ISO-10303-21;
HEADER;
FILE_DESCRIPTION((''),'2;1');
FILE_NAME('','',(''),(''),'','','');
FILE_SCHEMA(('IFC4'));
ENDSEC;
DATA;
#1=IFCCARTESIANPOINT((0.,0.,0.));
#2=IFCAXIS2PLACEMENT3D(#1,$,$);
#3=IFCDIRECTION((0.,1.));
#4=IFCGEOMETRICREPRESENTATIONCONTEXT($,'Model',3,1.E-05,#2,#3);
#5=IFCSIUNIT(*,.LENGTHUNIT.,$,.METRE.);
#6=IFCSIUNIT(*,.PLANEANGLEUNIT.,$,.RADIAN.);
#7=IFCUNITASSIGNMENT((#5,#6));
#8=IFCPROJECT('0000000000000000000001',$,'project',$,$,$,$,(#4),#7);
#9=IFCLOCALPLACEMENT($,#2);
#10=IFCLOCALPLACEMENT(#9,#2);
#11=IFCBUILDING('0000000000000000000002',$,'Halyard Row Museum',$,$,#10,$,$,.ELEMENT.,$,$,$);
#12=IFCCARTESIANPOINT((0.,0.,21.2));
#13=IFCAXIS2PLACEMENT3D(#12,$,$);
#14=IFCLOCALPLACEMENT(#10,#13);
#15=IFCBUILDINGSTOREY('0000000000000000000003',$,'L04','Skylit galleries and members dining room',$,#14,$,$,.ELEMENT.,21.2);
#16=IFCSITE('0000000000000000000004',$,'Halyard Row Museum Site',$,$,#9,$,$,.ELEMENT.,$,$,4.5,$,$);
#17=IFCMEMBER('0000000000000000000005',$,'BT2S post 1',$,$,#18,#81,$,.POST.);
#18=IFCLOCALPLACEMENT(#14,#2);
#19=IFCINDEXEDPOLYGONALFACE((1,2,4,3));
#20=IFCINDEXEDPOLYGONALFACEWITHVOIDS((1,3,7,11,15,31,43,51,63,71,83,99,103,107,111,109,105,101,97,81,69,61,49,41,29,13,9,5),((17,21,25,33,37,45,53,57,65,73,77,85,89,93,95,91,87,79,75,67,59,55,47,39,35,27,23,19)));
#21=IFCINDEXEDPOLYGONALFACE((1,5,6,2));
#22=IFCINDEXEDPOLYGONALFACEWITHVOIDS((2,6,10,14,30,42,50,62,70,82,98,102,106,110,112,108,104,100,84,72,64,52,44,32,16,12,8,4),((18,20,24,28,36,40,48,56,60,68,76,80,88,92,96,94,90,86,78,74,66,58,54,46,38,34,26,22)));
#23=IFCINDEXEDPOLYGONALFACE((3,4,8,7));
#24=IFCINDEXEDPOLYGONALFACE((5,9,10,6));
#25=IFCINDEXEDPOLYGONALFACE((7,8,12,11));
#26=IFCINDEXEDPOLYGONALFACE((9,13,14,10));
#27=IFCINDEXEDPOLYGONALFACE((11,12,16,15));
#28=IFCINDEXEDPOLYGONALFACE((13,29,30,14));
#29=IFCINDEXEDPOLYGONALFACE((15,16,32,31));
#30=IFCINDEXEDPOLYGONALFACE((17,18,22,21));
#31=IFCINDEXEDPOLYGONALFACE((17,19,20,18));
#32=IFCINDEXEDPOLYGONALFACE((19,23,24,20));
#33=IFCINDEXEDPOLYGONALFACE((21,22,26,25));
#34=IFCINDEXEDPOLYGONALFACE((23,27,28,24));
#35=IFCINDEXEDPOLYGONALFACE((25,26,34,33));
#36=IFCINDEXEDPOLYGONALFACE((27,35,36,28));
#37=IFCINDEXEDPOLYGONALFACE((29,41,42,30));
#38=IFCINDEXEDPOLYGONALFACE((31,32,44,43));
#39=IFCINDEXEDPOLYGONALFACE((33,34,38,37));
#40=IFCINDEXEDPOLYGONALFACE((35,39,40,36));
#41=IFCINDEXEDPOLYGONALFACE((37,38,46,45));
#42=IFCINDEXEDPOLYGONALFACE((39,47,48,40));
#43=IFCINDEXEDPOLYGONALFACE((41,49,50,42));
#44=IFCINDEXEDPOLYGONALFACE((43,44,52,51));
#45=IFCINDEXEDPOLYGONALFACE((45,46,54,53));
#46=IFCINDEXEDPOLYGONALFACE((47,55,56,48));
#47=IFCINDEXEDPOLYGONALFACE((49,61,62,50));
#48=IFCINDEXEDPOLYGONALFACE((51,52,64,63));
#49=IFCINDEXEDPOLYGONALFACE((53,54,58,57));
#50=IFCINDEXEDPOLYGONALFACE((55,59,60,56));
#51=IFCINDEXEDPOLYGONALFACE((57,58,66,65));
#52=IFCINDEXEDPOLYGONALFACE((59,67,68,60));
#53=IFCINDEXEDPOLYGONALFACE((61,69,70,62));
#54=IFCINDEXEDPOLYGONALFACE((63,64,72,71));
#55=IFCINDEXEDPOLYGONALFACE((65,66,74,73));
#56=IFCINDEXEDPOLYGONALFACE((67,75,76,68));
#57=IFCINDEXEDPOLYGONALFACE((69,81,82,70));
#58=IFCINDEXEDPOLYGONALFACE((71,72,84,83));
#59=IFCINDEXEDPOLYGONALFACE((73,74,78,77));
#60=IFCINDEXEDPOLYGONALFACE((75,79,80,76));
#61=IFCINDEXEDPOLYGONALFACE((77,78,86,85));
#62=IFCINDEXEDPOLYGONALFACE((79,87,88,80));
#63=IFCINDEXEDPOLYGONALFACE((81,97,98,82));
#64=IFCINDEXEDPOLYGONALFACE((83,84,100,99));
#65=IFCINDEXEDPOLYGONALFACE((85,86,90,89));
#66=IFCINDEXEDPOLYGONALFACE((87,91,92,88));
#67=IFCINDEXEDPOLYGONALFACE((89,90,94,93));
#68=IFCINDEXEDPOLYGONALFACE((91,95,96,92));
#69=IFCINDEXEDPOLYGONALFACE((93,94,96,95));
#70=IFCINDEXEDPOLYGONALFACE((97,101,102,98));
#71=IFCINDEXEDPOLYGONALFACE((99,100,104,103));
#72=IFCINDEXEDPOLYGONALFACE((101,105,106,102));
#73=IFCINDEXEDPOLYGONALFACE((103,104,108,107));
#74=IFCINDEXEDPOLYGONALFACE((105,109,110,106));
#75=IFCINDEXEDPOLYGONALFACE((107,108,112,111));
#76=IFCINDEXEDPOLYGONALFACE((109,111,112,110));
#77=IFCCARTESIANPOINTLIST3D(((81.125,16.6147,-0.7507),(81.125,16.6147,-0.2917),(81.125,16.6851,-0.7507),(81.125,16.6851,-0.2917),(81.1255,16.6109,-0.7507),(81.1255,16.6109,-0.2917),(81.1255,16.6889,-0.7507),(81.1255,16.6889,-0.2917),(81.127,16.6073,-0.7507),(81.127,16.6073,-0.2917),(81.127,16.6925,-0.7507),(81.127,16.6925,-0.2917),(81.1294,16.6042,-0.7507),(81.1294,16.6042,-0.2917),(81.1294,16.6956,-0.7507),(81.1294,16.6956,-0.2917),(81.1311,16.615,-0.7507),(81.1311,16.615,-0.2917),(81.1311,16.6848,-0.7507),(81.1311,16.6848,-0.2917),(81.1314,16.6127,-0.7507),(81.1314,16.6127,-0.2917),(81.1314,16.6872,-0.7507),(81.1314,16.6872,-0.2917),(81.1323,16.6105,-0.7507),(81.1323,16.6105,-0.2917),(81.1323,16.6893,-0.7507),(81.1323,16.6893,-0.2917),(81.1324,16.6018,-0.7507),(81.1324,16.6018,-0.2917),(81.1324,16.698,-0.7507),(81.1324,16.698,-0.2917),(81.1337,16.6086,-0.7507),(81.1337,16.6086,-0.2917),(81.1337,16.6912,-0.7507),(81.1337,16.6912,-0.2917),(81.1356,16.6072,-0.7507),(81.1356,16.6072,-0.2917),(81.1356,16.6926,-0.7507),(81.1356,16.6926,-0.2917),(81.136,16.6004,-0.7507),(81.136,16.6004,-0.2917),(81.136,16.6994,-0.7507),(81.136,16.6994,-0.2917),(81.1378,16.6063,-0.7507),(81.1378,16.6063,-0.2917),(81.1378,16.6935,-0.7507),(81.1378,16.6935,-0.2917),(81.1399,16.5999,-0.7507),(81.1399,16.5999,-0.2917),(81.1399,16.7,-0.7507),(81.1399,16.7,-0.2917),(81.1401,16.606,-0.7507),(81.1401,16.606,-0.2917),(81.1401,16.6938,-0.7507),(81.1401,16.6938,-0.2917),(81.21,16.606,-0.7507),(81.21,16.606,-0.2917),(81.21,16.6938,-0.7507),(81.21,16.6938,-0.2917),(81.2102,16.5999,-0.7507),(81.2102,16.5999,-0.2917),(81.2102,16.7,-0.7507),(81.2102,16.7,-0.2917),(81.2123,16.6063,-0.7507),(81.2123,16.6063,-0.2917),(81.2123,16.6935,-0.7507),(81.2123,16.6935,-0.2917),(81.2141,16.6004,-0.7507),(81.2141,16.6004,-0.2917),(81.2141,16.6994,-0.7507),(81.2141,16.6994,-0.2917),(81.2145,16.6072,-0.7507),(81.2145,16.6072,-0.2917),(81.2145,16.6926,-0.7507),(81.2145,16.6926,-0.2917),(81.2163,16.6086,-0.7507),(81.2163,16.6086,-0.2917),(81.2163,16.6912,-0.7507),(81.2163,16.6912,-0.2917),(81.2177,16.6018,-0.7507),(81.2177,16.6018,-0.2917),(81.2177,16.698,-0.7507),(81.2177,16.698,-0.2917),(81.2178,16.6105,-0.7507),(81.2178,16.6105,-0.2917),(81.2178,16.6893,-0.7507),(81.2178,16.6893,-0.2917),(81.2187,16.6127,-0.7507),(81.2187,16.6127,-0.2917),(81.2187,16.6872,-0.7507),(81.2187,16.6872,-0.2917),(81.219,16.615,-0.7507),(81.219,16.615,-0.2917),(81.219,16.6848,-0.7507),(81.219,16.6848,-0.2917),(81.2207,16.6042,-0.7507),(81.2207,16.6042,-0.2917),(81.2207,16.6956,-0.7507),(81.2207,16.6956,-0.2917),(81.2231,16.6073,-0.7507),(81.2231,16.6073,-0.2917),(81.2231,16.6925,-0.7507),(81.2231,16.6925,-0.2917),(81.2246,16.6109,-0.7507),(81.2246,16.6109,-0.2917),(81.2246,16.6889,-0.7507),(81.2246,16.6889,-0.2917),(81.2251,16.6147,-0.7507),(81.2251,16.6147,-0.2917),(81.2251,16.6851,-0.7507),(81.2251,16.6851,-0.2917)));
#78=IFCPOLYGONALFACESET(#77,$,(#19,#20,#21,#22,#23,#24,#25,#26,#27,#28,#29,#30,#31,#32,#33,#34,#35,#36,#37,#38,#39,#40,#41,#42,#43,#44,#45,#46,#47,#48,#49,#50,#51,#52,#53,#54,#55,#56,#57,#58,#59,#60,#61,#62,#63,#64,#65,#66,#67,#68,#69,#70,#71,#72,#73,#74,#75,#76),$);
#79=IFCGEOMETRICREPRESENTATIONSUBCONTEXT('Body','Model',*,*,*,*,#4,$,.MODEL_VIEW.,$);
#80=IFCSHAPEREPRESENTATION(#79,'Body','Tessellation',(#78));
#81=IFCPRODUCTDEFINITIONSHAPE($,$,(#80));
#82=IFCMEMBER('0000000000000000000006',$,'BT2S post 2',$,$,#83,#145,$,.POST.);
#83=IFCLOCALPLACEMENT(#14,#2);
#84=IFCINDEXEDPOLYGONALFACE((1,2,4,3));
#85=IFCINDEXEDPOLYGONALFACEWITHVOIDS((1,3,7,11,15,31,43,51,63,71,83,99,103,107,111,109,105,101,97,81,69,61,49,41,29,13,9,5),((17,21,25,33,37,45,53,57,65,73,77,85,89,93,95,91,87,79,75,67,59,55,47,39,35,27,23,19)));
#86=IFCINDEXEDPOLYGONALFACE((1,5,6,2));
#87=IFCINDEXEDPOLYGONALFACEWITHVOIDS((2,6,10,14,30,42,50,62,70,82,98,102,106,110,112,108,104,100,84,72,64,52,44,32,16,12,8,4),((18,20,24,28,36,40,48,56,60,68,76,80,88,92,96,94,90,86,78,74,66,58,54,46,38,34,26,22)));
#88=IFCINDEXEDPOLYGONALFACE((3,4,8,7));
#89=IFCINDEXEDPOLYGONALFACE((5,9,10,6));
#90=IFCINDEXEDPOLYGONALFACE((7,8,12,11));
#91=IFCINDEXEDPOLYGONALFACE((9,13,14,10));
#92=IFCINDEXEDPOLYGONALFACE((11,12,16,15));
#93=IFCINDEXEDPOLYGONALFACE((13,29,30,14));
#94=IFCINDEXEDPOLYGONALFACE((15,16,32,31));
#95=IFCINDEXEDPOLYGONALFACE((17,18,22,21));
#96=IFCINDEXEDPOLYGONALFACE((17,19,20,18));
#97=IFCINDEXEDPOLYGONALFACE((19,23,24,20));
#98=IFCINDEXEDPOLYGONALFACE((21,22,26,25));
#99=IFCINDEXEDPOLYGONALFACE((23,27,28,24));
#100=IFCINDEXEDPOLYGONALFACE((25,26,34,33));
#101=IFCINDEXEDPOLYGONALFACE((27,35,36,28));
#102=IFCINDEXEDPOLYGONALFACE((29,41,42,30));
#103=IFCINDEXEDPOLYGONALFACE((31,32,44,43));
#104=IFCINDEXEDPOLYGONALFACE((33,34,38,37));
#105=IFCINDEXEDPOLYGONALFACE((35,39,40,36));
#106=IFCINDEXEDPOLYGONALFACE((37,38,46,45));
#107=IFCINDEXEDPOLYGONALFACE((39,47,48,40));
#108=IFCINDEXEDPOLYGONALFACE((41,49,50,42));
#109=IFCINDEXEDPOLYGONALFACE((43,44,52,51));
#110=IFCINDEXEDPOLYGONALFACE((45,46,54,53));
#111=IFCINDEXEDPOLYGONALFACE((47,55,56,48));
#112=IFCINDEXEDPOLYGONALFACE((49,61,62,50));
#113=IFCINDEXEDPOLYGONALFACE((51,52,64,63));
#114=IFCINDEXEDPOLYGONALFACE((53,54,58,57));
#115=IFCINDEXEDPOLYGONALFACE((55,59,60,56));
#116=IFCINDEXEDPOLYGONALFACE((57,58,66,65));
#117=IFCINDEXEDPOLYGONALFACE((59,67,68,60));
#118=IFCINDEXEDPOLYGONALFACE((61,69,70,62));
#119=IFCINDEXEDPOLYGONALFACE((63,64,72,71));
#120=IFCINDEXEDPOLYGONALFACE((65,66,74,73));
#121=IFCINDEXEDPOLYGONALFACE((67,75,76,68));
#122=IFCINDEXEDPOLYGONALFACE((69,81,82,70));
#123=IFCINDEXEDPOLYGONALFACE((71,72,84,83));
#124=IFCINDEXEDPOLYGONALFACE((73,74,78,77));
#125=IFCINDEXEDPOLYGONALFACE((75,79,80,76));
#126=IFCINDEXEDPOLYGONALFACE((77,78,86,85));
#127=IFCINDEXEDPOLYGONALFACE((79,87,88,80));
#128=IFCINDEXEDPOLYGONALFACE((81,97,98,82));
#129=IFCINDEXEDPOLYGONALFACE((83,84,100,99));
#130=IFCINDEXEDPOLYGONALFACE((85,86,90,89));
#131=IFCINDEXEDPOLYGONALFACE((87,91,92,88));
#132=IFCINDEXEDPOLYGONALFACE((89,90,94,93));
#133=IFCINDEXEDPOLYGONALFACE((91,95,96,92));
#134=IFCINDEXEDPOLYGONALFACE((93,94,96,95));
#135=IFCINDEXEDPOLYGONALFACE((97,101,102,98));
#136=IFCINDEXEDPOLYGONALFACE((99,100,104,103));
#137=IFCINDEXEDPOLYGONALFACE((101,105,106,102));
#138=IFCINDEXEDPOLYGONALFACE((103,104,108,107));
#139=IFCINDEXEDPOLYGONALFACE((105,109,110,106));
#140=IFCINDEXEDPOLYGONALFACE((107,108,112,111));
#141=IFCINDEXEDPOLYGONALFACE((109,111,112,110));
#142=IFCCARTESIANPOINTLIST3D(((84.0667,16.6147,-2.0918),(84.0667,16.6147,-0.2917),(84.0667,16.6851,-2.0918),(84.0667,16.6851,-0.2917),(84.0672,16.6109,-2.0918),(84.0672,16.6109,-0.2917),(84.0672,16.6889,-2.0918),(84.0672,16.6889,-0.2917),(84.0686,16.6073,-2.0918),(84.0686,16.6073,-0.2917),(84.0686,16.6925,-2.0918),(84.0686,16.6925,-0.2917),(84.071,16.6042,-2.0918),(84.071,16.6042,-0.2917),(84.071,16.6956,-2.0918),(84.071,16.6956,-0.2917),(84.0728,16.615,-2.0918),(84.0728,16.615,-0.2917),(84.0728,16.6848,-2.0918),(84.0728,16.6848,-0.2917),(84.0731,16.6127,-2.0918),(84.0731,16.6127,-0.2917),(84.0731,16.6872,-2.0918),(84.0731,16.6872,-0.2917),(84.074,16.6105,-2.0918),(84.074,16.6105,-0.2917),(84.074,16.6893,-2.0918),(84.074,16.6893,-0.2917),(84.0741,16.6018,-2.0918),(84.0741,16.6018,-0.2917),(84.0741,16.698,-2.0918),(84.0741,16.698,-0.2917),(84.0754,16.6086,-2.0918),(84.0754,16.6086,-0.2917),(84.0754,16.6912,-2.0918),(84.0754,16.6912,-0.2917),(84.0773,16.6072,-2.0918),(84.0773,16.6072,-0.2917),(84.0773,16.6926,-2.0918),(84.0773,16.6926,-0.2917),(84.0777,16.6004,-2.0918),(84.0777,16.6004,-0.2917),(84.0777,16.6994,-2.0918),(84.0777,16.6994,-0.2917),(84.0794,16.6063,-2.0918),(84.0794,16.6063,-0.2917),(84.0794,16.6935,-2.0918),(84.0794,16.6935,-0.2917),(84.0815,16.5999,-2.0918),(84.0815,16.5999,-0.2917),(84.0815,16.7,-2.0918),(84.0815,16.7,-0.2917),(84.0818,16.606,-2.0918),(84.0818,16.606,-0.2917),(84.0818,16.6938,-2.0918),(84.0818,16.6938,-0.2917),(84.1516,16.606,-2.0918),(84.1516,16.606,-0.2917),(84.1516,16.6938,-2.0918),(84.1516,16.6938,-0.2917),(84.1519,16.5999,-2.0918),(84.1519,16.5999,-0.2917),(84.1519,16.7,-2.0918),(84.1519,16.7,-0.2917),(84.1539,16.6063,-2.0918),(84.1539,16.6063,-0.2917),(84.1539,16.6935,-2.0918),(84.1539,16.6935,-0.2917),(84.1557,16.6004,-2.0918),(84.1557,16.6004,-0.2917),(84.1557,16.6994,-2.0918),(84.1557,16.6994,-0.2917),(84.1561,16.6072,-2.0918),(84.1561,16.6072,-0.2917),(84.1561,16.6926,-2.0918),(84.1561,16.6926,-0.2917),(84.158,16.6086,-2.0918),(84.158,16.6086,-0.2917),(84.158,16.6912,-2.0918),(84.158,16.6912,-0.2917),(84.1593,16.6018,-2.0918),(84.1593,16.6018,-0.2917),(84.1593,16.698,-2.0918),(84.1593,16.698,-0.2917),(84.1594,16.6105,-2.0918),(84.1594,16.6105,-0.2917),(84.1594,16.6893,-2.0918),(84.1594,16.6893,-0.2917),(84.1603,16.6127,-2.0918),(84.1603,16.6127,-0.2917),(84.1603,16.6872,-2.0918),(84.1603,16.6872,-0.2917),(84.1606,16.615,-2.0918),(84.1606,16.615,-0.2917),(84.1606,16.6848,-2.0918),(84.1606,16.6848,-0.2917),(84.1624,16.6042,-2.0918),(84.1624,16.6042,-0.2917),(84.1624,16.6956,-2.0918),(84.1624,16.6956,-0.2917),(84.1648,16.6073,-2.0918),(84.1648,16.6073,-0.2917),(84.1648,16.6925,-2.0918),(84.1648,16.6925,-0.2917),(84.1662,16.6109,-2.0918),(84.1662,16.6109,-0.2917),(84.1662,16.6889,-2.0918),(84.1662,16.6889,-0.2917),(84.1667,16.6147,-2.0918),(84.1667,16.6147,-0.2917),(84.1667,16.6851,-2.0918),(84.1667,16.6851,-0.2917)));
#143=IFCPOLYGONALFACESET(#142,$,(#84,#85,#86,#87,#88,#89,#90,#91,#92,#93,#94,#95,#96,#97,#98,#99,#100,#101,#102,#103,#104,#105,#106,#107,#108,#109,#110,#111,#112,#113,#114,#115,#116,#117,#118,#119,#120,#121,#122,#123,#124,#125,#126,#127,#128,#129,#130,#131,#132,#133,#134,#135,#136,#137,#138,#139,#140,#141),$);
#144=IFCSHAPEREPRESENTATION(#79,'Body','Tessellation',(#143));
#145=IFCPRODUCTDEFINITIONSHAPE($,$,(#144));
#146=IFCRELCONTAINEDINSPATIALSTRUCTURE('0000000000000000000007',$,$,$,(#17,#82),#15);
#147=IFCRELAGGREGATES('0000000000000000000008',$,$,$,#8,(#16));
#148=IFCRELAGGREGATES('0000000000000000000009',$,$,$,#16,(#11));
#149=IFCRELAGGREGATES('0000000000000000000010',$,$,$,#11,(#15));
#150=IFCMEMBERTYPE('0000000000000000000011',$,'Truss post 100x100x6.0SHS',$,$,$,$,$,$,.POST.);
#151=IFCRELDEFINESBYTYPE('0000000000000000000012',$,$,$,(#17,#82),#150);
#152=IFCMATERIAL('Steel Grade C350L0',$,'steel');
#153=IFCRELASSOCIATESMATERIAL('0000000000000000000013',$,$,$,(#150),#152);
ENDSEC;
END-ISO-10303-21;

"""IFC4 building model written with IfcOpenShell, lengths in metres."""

from ifc_helpers import new_model, si_unit, direction, frame, origin, origin_2d, place, context, subcontext, project, spatial, hollow_rectangle, extrude, material, material_profile, profile_set, type_object, element, save


model = new_model("IFC4")

# Units and contexts
model_context = context("Model", 3, precision=1e-05, world=origin(), true_north=direction((0.0, 1.0)))
body_context = subcontext(model_context, "Body", "Model", "MODEL_VIEW")
ifc_project = project(units=[si_unit("LENGTHUNIT", "METRE"), si_unit("PLANEANGLEUNIT", "RADIAN")], contexts=[model_context])

# Site, building, storey
site_placement = place(None, origin())
site = spatial("IfcSite", under=ifc_project, at=site_placement, Name="Halyard Row Museum Site", CompositionType="ELEMENT", RefElevation=4.5)
building_placement = place(site_placement, origin())
building = spatial("IfcBuilding", under=site, at=building_placement, Name="Halyard Row Museum", CompositionType="ELEMENT")
storey_placement = place(building_placement, frame((0.0, 0.0, 21.2)))
storey = spatial("IfcBuildingStorey", under=building, at=storey_placement, Name="L04", Description="Skylit galleries and members dining room", CompositionType="ELEMENT", Elevation=21.2)

# Members
ifc_material_1 = material(Name="Steel Grade C350L0", Category="steel")
ifc_material_profile_1 = material_profile(ifc_material_1, hollow_rectangle(XDim=0.1001, YDim=0.1001, WallThickness=0.0061, InnerFilletRadius=0.009, OuterFilletRadius=0.0149, at=origin_2d()), Name="100x100x6.0SHS")
ifc_profile_set_1 = profile_set([ifc_material_profile_1], Name="Steel Grade C350L0")
member_type_1 = type_object("IfcMemberType", Name="Truss post 100x100x6.0SHS", PredefinedType="POST", material=ifc_profile_set_1)
member_1_placement = place(storey_placement, frame((81.175, 16.6499, -0.7507), z_axis=(0.0, 0.0, 1.0), x_axis=(1.0, 0.0, 0.0)))
element("IfcMember", 1, at=member_1_placement, inside=storey, type_object=member_type_1, Name="BT2S post 1", PredefinedType="POST", context=body_context, shape_type="SweptSolid", body=[
    extrude(hollow_rectangle(XDim=0.1001, YDim=0.1001, WallThickness=0.0061, InnerFilletRadius=0.009, OuterFilletRadius=0.0149, at=origin_2d()), origin(), (0.0, 0.0, 1.0), 0.459),
])
for number, where, z_axis, x_axis, name in (
    (2, (84.1167, 16.6499, -2.0918), (0.0, 0.0, 1.0), (1.0, 0.0, 0.0), "BT2S post 2"),
):
    element("IfcMember", number, at=place(storey_placement, frame(where, z_axis=z_axis, x_axis=x_axis)), inside=storey, type_object=member_type_1, Name=name, PredefinedType="POST", context=body_context, shape_type="SweptSolid", body=[
        extrude(hollow_rectangle(XDim=0.1001, YDim=0.1001, WallThickness=0.0061, InnerFilletRadius=0.009, OuterFilletRadius=0.0149, at=origin_2d()), origin(), (0.0, 0.0, 1.0), 1.8),
    ])

save(model, "model.ifc")
